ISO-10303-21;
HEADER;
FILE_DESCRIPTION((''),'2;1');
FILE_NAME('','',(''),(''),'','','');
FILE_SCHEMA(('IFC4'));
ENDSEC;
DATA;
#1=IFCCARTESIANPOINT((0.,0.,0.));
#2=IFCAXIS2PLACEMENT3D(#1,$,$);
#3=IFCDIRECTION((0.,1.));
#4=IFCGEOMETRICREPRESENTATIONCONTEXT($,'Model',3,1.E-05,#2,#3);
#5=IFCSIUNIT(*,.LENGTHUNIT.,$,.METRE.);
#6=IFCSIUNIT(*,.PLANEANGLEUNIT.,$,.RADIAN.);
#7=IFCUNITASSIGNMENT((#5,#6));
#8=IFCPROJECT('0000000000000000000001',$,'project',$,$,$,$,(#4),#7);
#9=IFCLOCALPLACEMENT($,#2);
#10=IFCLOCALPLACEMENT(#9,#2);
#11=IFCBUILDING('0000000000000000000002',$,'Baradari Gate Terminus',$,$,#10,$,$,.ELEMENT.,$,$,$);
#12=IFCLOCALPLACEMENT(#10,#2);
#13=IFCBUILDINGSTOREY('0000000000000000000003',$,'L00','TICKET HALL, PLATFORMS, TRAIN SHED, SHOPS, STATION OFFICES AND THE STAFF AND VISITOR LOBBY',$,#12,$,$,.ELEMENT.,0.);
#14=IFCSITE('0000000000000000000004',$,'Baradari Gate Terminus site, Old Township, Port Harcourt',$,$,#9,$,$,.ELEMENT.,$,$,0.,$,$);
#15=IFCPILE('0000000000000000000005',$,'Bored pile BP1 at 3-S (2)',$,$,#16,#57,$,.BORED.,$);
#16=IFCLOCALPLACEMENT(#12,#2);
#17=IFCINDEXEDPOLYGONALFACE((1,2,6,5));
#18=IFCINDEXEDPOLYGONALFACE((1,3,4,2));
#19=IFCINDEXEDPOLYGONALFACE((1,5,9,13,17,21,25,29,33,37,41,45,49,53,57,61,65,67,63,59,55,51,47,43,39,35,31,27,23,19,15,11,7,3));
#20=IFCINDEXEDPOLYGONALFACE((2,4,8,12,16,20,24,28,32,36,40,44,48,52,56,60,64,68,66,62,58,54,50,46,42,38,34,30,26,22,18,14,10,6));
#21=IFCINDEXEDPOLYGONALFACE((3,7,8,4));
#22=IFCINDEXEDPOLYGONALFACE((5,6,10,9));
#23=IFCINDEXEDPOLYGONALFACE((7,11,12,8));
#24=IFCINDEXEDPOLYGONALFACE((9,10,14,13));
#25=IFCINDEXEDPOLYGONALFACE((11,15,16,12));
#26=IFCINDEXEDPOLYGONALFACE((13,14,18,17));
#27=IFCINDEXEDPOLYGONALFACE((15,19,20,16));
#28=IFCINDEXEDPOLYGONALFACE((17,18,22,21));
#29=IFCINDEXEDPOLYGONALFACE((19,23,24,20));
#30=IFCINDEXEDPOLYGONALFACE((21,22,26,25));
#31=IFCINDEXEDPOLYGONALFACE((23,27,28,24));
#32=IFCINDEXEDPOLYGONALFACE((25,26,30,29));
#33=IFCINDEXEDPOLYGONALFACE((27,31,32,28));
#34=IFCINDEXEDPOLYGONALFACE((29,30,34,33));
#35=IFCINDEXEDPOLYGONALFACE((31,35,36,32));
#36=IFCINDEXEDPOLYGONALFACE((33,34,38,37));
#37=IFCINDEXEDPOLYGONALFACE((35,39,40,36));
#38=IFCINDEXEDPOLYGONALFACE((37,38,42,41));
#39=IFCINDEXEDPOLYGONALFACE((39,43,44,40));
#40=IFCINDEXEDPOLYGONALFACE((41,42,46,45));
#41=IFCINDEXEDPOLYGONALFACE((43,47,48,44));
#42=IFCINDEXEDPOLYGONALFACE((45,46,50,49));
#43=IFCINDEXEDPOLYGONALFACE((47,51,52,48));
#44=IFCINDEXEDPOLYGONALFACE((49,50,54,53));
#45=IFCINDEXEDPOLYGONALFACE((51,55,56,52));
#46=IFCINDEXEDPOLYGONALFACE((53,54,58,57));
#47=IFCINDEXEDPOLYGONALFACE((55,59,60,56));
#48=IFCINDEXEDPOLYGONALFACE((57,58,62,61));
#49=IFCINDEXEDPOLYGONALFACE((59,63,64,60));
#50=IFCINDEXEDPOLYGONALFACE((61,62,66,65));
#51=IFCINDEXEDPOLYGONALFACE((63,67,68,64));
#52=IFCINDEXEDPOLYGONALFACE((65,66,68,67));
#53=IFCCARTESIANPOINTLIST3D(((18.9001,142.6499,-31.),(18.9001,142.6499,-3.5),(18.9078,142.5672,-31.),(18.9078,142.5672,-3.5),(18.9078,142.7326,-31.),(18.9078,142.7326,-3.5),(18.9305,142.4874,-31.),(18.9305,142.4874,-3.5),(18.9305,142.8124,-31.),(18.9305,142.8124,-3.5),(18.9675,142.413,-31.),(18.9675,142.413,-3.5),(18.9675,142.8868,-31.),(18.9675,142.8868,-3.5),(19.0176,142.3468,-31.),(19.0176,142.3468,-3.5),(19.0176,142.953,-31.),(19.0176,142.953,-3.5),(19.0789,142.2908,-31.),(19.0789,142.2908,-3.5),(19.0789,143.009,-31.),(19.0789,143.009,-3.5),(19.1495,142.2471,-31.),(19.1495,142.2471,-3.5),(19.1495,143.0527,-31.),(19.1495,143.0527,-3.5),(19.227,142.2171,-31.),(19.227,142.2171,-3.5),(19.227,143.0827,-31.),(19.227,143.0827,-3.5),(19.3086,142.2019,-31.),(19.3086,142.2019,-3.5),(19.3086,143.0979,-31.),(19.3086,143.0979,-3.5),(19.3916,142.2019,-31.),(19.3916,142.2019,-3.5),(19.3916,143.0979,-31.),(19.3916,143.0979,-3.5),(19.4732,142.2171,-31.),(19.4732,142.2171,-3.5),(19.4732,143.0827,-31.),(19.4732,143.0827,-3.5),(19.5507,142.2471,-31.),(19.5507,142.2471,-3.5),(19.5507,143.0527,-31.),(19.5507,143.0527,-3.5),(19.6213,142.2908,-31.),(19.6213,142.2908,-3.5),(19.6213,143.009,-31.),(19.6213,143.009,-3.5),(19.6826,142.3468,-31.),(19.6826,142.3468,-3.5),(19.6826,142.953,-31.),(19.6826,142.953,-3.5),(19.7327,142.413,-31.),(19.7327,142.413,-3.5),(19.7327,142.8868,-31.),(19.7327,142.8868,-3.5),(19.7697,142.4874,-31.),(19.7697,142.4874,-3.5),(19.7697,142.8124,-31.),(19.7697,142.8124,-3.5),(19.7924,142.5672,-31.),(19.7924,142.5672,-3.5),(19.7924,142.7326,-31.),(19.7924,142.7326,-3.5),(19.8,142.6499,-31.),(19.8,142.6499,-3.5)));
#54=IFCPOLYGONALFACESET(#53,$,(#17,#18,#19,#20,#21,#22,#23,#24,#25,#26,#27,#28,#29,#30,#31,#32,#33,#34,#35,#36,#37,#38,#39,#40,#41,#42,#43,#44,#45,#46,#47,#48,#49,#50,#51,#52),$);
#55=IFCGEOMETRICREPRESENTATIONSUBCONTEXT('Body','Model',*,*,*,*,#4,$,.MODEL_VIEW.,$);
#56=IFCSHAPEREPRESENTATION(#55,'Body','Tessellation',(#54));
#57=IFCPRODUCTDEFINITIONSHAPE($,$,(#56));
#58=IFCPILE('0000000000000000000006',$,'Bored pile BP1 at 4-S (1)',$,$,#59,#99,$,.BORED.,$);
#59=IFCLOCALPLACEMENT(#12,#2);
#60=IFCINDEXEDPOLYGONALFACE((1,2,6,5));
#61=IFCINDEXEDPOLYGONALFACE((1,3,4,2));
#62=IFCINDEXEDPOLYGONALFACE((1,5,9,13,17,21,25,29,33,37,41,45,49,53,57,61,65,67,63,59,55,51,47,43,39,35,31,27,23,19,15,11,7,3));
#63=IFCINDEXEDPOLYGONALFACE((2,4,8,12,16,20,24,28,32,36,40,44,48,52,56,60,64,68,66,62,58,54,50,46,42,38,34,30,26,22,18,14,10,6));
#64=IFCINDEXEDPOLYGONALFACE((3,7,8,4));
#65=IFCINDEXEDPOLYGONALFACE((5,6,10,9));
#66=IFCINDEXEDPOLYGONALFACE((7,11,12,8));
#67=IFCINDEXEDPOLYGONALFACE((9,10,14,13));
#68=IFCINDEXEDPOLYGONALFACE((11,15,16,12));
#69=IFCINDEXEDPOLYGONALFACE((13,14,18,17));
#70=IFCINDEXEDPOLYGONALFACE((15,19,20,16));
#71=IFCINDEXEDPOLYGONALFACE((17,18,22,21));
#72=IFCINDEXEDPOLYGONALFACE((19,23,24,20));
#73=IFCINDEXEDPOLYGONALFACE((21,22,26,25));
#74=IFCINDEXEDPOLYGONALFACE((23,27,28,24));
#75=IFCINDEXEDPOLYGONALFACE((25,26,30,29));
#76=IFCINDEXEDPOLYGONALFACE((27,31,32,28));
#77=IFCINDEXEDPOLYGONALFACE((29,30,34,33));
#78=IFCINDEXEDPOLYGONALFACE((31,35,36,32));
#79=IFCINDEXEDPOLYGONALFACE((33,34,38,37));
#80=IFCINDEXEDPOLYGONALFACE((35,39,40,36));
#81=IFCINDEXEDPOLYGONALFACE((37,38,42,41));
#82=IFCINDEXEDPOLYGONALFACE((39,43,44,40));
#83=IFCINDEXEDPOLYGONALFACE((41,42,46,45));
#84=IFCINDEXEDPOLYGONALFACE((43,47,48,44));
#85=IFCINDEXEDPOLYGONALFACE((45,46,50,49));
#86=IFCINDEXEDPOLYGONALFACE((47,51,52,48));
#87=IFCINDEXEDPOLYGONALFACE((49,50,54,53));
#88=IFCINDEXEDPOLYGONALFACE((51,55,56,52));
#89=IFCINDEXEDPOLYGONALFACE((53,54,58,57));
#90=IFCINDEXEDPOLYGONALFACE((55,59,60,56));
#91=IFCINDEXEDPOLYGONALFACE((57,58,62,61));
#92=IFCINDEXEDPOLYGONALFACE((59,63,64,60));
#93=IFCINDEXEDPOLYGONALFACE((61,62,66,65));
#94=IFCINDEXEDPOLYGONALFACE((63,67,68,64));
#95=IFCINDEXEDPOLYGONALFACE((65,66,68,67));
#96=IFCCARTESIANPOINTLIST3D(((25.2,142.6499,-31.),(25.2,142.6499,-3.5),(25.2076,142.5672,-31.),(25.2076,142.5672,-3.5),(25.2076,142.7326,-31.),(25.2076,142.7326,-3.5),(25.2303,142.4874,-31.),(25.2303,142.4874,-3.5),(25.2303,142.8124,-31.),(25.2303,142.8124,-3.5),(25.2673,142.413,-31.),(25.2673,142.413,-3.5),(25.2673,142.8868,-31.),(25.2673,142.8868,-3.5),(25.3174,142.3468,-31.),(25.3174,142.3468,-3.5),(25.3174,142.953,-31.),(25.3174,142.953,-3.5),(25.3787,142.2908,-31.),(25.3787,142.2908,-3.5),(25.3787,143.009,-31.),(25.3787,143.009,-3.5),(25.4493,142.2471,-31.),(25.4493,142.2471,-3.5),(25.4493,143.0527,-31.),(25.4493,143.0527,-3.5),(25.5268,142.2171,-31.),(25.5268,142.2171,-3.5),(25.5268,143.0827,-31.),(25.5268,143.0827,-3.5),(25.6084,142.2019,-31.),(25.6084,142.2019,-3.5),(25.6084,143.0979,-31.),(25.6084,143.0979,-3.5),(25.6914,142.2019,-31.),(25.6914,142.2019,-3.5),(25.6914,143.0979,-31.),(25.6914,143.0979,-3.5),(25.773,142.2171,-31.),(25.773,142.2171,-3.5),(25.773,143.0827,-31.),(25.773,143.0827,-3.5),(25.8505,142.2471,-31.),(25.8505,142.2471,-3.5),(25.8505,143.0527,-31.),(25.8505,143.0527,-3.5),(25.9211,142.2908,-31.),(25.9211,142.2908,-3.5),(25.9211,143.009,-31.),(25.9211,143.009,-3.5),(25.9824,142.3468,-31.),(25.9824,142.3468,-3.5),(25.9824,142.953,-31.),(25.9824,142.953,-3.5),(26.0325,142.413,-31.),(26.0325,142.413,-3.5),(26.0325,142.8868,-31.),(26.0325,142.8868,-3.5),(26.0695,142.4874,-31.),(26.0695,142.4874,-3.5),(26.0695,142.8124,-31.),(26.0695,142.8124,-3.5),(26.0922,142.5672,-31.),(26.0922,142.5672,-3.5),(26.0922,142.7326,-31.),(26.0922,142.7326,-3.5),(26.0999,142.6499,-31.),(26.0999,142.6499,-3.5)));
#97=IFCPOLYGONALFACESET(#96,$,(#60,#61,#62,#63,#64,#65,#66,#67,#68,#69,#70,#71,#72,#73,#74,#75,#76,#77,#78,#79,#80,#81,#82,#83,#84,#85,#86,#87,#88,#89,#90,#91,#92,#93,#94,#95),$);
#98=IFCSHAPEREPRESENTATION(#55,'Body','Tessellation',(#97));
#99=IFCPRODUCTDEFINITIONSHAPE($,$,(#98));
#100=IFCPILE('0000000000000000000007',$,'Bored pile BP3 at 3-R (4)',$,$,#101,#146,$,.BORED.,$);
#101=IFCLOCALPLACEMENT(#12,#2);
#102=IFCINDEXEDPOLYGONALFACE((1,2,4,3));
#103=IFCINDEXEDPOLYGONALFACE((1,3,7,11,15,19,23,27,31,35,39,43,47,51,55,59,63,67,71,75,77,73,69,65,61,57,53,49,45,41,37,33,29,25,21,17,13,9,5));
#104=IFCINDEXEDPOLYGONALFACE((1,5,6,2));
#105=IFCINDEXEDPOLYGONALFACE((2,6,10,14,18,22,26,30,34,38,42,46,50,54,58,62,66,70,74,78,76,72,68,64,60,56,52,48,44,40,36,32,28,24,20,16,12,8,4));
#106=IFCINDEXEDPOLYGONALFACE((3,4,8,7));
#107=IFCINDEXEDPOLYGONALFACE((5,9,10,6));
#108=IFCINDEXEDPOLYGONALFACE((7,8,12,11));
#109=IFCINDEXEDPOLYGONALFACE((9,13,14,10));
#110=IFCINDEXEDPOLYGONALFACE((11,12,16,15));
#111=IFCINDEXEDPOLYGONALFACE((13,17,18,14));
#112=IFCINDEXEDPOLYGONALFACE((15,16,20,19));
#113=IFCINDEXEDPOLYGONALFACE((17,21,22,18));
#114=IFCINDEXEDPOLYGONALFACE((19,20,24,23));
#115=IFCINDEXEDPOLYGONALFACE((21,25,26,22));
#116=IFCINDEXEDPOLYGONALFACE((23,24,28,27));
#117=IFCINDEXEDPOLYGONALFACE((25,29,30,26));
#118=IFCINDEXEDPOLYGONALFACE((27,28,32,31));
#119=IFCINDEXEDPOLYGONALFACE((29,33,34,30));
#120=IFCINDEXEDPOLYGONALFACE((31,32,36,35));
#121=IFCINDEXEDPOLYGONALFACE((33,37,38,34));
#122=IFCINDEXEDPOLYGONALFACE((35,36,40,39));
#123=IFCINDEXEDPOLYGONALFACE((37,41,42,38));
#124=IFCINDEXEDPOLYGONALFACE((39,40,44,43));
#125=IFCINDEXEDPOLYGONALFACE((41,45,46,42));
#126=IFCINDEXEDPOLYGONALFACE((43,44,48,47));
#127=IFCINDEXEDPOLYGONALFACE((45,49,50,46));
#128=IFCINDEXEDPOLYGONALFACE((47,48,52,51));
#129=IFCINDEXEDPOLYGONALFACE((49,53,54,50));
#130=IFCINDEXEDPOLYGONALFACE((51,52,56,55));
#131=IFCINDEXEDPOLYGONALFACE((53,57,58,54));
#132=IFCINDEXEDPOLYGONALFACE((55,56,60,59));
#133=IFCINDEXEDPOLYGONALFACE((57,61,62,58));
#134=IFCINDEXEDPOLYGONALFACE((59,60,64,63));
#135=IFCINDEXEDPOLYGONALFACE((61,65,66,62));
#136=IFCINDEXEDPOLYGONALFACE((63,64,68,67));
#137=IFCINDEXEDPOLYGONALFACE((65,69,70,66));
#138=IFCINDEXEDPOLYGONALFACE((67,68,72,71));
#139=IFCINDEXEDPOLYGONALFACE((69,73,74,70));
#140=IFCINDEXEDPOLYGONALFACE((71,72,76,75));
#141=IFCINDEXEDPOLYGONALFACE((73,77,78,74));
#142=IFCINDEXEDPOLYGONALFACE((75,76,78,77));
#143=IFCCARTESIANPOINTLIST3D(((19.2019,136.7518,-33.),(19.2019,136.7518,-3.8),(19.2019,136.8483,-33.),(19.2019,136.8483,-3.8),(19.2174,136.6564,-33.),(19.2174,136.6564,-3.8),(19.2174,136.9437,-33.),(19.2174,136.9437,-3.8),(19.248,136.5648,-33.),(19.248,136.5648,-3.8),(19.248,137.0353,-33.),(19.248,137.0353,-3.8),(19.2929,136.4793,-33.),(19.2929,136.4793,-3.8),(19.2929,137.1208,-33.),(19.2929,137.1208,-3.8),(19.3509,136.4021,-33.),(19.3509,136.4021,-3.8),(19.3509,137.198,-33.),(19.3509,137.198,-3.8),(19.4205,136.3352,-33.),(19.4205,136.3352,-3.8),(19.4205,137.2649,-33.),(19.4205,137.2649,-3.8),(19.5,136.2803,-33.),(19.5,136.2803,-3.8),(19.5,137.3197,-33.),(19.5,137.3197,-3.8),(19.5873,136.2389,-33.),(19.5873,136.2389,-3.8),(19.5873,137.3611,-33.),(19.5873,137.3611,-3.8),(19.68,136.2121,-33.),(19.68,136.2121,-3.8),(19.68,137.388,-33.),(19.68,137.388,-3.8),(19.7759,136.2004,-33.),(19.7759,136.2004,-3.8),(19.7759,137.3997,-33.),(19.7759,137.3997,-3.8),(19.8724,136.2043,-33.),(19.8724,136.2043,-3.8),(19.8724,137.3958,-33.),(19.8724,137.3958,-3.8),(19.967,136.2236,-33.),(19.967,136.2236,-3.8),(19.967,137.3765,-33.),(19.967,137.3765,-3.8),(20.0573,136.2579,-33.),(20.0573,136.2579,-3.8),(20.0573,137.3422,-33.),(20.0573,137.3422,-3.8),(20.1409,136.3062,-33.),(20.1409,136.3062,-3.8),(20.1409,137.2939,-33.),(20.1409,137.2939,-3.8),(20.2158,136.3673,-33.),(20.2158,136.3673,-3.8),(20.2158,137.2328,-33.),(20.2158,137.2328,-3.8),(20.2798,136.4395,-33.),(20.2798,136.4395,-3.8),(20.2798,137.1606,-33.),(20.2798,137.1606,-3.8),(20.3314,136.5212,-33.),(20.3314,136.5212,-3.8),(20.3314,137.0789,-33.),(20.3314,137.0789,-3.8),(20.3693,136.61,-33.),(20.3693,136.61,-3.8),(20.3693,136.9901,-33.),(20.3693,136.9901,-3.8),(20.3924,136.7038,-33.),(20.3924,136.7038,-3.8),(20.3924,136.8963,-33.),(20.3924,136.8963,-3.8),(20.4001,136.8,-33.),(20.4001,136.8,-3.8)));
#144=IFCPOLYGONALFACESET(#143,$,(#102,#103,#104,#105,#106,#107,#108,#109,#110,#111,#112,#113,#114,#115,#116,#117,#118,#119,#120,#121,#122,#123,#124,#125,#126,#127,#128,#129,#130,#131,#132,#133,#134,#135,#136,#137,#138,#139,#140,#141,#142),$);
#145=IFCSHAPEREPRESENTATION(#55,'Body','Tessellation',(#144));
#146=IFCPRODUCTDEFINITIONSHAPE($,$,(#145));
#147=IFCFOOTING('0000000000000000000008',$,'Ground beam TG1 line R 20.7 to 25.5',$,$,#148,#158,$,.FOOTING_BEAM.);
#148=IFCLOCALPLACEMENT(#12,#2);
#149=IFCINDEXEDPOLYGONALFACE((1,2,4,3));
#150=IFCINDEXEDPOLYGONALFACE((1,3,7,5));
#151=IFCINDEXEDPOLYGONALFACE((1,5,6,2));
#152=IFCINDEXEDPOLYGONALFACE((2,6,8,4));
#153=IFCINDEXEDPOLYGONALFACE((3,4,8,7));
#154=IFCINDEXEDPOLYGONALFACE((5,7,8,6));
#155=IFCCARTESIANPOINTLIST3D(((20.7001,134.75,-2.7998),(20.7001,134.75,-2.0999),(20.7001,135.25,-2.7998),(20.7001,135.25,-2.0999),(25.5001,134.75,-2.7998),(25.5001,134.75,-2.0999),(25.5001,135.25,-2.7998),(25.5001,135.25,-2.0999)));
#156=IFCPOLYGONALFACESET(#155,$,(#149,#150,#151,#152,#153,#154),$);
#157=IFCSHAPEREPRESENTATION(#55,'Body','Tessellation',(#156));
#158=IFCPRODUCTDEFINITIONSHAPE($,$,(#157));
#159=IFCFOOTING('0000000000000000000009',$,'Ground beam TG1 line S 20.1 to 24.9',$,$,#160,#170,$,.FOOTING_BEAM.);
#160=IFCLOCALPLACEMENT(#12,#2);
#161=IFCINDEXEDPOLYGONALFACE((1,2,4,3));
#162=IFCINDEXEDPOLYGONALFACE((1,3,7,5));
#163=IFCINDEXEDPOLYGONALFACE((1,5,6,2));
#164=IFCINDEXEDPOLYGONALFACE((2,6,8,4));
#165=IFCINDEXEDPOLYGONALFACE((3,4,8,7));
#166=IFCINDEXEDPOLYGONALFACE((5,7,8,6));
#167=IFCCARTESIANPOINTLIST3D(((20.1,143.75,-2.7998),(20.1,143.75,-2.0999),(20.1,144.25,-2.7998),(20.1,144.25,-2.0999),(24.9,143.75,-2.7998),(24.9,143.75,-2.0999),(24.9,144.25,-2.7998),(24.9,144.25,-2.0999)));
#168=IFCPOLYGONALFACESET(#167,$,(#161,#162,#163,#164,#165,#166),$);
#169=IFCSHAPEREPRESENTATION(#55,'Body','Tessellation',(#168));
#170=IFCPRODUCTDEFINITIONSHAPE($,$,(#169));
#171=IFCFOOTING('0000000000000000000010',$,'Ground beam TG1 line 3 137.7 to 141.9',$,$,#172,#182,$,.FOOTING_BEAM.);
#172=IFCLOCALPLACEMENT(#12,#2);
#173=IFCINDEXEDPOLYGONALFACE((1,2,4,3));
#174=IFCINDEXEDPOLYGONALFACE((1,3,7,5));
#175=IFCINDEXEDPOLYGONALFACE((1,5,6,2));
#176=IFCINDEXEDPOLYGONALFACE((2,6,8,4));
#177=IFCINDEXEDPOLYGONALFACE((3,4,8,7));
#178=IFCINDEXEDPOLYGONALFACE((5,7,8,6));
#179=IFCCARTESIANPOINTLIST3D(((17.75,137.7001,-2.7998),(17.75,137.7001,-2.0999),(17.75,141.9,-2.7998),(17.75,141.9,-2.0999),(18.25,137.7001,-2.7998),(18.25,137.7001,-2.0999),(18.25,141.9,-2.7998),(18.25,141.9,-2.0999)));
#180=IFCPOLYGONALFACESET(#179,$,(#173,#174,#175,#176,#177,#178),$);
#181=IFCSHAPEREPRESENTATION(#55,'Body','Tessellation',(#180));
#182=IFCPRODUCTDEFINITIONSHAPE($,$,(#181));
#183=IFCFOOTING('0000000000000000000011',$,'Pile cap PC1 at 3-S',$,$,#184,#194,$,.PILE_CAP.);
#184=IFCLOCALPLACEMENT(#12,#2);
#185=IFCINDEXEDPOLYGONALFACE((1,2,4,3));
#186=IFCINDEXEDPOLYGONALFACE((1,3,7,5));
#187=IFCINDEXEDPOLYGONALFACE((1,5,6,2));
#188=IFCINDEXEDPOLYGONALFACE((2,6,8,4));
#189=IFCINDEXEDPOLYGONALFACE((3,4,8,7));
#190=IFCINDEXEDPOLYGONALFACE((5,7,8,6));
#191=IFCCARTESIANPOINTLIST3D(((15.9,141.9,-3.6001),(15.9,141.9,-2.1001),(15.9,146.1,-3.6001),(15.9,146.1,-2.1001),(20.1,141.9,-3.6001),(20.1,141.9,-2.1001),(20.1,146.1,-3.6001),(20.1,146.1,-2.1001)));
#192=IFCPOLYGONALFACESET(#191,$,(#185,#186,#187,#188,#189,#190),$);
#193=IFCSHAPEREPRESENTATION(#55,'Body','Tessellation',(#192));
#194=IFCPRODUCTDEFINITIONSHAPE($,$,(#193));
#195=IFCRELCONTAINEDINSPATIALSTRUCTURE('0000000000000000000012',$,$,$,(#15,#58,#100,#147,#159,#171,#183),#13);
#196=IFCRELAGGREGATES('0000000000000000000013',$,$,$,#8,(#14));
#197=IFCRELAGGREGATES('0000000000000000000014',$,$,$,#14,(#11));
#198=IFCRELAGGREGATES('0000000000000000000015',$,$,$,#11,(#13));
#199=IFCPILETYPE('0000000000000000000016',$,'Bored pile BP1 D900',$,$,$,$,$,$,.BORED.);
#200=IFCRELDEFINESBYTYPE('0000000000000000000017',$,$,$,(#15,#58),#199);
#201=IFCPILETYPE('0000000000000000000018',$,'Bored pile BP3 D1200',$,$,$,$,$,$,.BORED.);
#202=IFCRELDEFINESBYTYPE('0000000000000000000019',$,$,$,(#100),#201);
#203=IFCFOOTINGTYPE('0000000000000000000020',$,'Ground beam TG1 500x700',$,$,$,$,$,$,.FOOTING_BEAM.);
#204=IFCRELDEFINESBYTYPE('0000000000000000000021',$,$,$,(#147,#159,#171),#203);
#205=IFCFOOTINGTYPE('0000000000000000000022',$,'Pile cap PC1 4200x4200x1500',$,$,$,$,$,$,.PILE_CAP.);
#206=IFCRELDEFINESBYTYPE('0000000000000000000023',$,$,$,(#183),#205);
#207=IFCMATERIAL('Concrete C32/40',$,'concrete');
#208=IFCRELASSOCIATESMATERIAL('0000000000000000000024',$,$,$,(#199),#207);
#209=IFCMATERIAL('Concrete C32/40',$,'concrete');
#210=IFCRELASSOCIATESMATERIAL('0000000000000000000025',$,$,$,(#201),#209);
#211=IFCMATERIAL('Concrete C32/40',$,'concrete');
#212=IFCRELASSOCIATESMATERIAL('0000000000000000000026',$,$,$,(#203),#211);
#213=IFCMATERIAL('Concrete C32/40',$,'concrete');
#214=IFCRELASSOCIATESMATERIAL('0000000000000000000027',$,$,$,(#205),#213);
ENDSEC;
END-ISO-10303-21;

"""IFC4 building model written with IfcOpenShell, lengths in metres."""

from ifc_helpers import new_model, si_unit, direction, frame, origin, origin_2d, place, context, subcontext, project, spatial, rectangle, circle, extrude, material, type_object, element, save


model = new_model("IFC4")

# Units and contexts
model_context = context("Model", 3, precision=1e-05, world=origin(), true_north=direction((0.0, 1.0)))
body_context = subcontext(model_context, "Body", "Model", "MODEL_VIEW")
ifc_project = project(units=[si_unit("LENGTHUNIT", "METRE"), si_unit("PLANEANGLEUNIT", "RADIAN")], contexts=[model_context])

# Site, building, storey
site_placement = place(None, origin())
site = spatial("IfcSite", under=ifc_project, at=site_placement, Name="Baradari Gate Terminus site, Old Township, Port Harcourt", CompositionType="ELEMENT", RefElevation=0.0)
building_placement = place(site_placement, origin())
building = spatial("IfcBuilding", under=site, at=building_placement, Name="Baradari Gate Terminus", CompositionType="ELEMENT")
storey_placement = place(building_placement, origin())
storey = spatial("IfcBuildingStorey", under=building, at=storey_placement, Name="L00", Description="TICKET HALL, PLATFORMS, TRAIN SHED, SHOPS, STATION OFFICES AND THE STAFF AND VISITOR LOBBY", CompositionType="ELEMENT", Elevation=0.0)

# Piles
ifc_material_1 = material(Name="Concrete C32/40", Category="concrete")
pile_type_1 = type_object("IfcPileType", Name="Bored pile BP1 D900", PredefinedType="BORED", material=ifc_material_1)
for number, where, z_axis, x_axis, name in (
    (1, (19.3501, 142.6499, -3.5), (0.0, 0.0, -1.0), (1.0, 0.0, 0.0), "Bored pile BP1 at 3-S (2)"),
    (2, (25.6499, 142.6499, -3.5), (0.0, 0.0, -1.0), (1.0, 0.0, 0.0), "Bored pile BP1 at 4-S (1)"),
):
    element("IfcPile", number, at=place(storey_placement, frame(where, z_axis=z_axis, x_axis=x_axis)), inside=storey, type_object=pile_type_1, Name=name, PredefinedType="BORED", context=body_context, shape_type="SweptSolid", body=[
        extrude(circle(Radius=0.45, at=origin_2d()), origin(), (0.0, 0.0, 1.0), 27.5),
    ])
ifc_material_2 = material(Name="Concrete C32/40", Category="concrete")
pile_type_2 = type_object("IfcPileType", Name="Bored pile BP3 D1200", PredefinedType="BORED", material=ifc_material_2)
pile_placement = place(storey_placement, frame((19.8, 136.8, -3.8), z_axis=(0.0, 0.0, -1.0), x_axis=(1.0, 0.0, 0.0)))
element("IfcPile", 3, at=pile_placement, inside=storey, type_object=pile_type_2, Name="Bored pile BP3 at 3-R (4)", PredefinedType="BORED", context=body_context, shape_type="SweptSolid", body=[
    extrude(circle(Radius=0.6001, at=origin_2d()), origin(), (0.0, 0.0, 1.0), 29.2),
])

# Footings
ifc_material_3 = material(Name="Concrete C32/40", Category="concrete")
footing_type_1 = type_object("IfcFootingType", Name="Ground beam TG1 500x700", PredefinedType="FOOTING_BEAM", material=ifc_material_3)
for number, where, z_axis, x_axis, name in (
    (4, (23.1001, 135.0, -2.7998), (0.0, 0.0, 1.0), (1.0, 0.0, 0.0), "Ground beam TG1 line R 20.7 to 25.5"),
    (5, (22.5, 144.0, -2.7998), (0.0, 0.0, 1.0), (1.0, 0.0, 0.0), "Ground beam TG1 line S 20.1 to 24.9"),
):
    element("IfcFooting", number, at=place(storey_placement, frame(where, z_axis=z_axis, x_axis=x_axis)), inside=storey, type_object=footing_type_1, Name=name, PredefinedType="FOOTING_BEAM", context=body_context, shape_type="SweptSolid", body=[
        extrude(rectangle(XDim=4.8, YDim=0.5, at=origin_2d()), origin(), (0.0, 0.0, 1.0), 0.7),
    ])
footing_1_placement = place(storey_placement, frame((18.0, 139.8, -2.7998), z_axis=(0.0, 0.0, 1.0), x_axis=(1.0, 0.0, 0.0)))
element("IfcFooting", 6, at=footing_1_placement, inside=storey, type_object=footing_type_1, Name="Ground beam TG1 line 3 137.7 to 141.9", PredefinedType="FOOTING_BEAM", context=body_context, shape_type="SweptSolid", body=[
    extrude(rectangle(XDim=0.5, YDim=4.2, at=origin_2d()), origin(), (0.0, 0.0, 1.0), 0.7),
])
ifc_material_4 = material(Name="Concrete C32/40", Category="concrete")
footing_type_2 = type_object("IfcFootingType", Name="Pile cap PC1 4200x4200x1500", PredefinedType="PILE_CAP", material=ifc_material_4)
footing_2_placement = place(storey_placement, frame((18.0, 144.0, -3.6001), z_axis=(0.0, 0.0, 1.0), x_axis=(1.0, 0.0, 0.0)))
element("IfcFooting", 7, at=footing_2_placement, inside=storey, type_object=footing_type_2, Name="Pile cap PC1 at 3-S", PredefinedType="PILE_CAP", context=body_context, shape_type="SweptSolid", body=[
    extrude(rectangle(XDim=4.2, YDim=4.2, at=origin_2d()), origin(), (0.0, 0.0, 1.0), 1.5),
])

save(model, "model.ifc")
